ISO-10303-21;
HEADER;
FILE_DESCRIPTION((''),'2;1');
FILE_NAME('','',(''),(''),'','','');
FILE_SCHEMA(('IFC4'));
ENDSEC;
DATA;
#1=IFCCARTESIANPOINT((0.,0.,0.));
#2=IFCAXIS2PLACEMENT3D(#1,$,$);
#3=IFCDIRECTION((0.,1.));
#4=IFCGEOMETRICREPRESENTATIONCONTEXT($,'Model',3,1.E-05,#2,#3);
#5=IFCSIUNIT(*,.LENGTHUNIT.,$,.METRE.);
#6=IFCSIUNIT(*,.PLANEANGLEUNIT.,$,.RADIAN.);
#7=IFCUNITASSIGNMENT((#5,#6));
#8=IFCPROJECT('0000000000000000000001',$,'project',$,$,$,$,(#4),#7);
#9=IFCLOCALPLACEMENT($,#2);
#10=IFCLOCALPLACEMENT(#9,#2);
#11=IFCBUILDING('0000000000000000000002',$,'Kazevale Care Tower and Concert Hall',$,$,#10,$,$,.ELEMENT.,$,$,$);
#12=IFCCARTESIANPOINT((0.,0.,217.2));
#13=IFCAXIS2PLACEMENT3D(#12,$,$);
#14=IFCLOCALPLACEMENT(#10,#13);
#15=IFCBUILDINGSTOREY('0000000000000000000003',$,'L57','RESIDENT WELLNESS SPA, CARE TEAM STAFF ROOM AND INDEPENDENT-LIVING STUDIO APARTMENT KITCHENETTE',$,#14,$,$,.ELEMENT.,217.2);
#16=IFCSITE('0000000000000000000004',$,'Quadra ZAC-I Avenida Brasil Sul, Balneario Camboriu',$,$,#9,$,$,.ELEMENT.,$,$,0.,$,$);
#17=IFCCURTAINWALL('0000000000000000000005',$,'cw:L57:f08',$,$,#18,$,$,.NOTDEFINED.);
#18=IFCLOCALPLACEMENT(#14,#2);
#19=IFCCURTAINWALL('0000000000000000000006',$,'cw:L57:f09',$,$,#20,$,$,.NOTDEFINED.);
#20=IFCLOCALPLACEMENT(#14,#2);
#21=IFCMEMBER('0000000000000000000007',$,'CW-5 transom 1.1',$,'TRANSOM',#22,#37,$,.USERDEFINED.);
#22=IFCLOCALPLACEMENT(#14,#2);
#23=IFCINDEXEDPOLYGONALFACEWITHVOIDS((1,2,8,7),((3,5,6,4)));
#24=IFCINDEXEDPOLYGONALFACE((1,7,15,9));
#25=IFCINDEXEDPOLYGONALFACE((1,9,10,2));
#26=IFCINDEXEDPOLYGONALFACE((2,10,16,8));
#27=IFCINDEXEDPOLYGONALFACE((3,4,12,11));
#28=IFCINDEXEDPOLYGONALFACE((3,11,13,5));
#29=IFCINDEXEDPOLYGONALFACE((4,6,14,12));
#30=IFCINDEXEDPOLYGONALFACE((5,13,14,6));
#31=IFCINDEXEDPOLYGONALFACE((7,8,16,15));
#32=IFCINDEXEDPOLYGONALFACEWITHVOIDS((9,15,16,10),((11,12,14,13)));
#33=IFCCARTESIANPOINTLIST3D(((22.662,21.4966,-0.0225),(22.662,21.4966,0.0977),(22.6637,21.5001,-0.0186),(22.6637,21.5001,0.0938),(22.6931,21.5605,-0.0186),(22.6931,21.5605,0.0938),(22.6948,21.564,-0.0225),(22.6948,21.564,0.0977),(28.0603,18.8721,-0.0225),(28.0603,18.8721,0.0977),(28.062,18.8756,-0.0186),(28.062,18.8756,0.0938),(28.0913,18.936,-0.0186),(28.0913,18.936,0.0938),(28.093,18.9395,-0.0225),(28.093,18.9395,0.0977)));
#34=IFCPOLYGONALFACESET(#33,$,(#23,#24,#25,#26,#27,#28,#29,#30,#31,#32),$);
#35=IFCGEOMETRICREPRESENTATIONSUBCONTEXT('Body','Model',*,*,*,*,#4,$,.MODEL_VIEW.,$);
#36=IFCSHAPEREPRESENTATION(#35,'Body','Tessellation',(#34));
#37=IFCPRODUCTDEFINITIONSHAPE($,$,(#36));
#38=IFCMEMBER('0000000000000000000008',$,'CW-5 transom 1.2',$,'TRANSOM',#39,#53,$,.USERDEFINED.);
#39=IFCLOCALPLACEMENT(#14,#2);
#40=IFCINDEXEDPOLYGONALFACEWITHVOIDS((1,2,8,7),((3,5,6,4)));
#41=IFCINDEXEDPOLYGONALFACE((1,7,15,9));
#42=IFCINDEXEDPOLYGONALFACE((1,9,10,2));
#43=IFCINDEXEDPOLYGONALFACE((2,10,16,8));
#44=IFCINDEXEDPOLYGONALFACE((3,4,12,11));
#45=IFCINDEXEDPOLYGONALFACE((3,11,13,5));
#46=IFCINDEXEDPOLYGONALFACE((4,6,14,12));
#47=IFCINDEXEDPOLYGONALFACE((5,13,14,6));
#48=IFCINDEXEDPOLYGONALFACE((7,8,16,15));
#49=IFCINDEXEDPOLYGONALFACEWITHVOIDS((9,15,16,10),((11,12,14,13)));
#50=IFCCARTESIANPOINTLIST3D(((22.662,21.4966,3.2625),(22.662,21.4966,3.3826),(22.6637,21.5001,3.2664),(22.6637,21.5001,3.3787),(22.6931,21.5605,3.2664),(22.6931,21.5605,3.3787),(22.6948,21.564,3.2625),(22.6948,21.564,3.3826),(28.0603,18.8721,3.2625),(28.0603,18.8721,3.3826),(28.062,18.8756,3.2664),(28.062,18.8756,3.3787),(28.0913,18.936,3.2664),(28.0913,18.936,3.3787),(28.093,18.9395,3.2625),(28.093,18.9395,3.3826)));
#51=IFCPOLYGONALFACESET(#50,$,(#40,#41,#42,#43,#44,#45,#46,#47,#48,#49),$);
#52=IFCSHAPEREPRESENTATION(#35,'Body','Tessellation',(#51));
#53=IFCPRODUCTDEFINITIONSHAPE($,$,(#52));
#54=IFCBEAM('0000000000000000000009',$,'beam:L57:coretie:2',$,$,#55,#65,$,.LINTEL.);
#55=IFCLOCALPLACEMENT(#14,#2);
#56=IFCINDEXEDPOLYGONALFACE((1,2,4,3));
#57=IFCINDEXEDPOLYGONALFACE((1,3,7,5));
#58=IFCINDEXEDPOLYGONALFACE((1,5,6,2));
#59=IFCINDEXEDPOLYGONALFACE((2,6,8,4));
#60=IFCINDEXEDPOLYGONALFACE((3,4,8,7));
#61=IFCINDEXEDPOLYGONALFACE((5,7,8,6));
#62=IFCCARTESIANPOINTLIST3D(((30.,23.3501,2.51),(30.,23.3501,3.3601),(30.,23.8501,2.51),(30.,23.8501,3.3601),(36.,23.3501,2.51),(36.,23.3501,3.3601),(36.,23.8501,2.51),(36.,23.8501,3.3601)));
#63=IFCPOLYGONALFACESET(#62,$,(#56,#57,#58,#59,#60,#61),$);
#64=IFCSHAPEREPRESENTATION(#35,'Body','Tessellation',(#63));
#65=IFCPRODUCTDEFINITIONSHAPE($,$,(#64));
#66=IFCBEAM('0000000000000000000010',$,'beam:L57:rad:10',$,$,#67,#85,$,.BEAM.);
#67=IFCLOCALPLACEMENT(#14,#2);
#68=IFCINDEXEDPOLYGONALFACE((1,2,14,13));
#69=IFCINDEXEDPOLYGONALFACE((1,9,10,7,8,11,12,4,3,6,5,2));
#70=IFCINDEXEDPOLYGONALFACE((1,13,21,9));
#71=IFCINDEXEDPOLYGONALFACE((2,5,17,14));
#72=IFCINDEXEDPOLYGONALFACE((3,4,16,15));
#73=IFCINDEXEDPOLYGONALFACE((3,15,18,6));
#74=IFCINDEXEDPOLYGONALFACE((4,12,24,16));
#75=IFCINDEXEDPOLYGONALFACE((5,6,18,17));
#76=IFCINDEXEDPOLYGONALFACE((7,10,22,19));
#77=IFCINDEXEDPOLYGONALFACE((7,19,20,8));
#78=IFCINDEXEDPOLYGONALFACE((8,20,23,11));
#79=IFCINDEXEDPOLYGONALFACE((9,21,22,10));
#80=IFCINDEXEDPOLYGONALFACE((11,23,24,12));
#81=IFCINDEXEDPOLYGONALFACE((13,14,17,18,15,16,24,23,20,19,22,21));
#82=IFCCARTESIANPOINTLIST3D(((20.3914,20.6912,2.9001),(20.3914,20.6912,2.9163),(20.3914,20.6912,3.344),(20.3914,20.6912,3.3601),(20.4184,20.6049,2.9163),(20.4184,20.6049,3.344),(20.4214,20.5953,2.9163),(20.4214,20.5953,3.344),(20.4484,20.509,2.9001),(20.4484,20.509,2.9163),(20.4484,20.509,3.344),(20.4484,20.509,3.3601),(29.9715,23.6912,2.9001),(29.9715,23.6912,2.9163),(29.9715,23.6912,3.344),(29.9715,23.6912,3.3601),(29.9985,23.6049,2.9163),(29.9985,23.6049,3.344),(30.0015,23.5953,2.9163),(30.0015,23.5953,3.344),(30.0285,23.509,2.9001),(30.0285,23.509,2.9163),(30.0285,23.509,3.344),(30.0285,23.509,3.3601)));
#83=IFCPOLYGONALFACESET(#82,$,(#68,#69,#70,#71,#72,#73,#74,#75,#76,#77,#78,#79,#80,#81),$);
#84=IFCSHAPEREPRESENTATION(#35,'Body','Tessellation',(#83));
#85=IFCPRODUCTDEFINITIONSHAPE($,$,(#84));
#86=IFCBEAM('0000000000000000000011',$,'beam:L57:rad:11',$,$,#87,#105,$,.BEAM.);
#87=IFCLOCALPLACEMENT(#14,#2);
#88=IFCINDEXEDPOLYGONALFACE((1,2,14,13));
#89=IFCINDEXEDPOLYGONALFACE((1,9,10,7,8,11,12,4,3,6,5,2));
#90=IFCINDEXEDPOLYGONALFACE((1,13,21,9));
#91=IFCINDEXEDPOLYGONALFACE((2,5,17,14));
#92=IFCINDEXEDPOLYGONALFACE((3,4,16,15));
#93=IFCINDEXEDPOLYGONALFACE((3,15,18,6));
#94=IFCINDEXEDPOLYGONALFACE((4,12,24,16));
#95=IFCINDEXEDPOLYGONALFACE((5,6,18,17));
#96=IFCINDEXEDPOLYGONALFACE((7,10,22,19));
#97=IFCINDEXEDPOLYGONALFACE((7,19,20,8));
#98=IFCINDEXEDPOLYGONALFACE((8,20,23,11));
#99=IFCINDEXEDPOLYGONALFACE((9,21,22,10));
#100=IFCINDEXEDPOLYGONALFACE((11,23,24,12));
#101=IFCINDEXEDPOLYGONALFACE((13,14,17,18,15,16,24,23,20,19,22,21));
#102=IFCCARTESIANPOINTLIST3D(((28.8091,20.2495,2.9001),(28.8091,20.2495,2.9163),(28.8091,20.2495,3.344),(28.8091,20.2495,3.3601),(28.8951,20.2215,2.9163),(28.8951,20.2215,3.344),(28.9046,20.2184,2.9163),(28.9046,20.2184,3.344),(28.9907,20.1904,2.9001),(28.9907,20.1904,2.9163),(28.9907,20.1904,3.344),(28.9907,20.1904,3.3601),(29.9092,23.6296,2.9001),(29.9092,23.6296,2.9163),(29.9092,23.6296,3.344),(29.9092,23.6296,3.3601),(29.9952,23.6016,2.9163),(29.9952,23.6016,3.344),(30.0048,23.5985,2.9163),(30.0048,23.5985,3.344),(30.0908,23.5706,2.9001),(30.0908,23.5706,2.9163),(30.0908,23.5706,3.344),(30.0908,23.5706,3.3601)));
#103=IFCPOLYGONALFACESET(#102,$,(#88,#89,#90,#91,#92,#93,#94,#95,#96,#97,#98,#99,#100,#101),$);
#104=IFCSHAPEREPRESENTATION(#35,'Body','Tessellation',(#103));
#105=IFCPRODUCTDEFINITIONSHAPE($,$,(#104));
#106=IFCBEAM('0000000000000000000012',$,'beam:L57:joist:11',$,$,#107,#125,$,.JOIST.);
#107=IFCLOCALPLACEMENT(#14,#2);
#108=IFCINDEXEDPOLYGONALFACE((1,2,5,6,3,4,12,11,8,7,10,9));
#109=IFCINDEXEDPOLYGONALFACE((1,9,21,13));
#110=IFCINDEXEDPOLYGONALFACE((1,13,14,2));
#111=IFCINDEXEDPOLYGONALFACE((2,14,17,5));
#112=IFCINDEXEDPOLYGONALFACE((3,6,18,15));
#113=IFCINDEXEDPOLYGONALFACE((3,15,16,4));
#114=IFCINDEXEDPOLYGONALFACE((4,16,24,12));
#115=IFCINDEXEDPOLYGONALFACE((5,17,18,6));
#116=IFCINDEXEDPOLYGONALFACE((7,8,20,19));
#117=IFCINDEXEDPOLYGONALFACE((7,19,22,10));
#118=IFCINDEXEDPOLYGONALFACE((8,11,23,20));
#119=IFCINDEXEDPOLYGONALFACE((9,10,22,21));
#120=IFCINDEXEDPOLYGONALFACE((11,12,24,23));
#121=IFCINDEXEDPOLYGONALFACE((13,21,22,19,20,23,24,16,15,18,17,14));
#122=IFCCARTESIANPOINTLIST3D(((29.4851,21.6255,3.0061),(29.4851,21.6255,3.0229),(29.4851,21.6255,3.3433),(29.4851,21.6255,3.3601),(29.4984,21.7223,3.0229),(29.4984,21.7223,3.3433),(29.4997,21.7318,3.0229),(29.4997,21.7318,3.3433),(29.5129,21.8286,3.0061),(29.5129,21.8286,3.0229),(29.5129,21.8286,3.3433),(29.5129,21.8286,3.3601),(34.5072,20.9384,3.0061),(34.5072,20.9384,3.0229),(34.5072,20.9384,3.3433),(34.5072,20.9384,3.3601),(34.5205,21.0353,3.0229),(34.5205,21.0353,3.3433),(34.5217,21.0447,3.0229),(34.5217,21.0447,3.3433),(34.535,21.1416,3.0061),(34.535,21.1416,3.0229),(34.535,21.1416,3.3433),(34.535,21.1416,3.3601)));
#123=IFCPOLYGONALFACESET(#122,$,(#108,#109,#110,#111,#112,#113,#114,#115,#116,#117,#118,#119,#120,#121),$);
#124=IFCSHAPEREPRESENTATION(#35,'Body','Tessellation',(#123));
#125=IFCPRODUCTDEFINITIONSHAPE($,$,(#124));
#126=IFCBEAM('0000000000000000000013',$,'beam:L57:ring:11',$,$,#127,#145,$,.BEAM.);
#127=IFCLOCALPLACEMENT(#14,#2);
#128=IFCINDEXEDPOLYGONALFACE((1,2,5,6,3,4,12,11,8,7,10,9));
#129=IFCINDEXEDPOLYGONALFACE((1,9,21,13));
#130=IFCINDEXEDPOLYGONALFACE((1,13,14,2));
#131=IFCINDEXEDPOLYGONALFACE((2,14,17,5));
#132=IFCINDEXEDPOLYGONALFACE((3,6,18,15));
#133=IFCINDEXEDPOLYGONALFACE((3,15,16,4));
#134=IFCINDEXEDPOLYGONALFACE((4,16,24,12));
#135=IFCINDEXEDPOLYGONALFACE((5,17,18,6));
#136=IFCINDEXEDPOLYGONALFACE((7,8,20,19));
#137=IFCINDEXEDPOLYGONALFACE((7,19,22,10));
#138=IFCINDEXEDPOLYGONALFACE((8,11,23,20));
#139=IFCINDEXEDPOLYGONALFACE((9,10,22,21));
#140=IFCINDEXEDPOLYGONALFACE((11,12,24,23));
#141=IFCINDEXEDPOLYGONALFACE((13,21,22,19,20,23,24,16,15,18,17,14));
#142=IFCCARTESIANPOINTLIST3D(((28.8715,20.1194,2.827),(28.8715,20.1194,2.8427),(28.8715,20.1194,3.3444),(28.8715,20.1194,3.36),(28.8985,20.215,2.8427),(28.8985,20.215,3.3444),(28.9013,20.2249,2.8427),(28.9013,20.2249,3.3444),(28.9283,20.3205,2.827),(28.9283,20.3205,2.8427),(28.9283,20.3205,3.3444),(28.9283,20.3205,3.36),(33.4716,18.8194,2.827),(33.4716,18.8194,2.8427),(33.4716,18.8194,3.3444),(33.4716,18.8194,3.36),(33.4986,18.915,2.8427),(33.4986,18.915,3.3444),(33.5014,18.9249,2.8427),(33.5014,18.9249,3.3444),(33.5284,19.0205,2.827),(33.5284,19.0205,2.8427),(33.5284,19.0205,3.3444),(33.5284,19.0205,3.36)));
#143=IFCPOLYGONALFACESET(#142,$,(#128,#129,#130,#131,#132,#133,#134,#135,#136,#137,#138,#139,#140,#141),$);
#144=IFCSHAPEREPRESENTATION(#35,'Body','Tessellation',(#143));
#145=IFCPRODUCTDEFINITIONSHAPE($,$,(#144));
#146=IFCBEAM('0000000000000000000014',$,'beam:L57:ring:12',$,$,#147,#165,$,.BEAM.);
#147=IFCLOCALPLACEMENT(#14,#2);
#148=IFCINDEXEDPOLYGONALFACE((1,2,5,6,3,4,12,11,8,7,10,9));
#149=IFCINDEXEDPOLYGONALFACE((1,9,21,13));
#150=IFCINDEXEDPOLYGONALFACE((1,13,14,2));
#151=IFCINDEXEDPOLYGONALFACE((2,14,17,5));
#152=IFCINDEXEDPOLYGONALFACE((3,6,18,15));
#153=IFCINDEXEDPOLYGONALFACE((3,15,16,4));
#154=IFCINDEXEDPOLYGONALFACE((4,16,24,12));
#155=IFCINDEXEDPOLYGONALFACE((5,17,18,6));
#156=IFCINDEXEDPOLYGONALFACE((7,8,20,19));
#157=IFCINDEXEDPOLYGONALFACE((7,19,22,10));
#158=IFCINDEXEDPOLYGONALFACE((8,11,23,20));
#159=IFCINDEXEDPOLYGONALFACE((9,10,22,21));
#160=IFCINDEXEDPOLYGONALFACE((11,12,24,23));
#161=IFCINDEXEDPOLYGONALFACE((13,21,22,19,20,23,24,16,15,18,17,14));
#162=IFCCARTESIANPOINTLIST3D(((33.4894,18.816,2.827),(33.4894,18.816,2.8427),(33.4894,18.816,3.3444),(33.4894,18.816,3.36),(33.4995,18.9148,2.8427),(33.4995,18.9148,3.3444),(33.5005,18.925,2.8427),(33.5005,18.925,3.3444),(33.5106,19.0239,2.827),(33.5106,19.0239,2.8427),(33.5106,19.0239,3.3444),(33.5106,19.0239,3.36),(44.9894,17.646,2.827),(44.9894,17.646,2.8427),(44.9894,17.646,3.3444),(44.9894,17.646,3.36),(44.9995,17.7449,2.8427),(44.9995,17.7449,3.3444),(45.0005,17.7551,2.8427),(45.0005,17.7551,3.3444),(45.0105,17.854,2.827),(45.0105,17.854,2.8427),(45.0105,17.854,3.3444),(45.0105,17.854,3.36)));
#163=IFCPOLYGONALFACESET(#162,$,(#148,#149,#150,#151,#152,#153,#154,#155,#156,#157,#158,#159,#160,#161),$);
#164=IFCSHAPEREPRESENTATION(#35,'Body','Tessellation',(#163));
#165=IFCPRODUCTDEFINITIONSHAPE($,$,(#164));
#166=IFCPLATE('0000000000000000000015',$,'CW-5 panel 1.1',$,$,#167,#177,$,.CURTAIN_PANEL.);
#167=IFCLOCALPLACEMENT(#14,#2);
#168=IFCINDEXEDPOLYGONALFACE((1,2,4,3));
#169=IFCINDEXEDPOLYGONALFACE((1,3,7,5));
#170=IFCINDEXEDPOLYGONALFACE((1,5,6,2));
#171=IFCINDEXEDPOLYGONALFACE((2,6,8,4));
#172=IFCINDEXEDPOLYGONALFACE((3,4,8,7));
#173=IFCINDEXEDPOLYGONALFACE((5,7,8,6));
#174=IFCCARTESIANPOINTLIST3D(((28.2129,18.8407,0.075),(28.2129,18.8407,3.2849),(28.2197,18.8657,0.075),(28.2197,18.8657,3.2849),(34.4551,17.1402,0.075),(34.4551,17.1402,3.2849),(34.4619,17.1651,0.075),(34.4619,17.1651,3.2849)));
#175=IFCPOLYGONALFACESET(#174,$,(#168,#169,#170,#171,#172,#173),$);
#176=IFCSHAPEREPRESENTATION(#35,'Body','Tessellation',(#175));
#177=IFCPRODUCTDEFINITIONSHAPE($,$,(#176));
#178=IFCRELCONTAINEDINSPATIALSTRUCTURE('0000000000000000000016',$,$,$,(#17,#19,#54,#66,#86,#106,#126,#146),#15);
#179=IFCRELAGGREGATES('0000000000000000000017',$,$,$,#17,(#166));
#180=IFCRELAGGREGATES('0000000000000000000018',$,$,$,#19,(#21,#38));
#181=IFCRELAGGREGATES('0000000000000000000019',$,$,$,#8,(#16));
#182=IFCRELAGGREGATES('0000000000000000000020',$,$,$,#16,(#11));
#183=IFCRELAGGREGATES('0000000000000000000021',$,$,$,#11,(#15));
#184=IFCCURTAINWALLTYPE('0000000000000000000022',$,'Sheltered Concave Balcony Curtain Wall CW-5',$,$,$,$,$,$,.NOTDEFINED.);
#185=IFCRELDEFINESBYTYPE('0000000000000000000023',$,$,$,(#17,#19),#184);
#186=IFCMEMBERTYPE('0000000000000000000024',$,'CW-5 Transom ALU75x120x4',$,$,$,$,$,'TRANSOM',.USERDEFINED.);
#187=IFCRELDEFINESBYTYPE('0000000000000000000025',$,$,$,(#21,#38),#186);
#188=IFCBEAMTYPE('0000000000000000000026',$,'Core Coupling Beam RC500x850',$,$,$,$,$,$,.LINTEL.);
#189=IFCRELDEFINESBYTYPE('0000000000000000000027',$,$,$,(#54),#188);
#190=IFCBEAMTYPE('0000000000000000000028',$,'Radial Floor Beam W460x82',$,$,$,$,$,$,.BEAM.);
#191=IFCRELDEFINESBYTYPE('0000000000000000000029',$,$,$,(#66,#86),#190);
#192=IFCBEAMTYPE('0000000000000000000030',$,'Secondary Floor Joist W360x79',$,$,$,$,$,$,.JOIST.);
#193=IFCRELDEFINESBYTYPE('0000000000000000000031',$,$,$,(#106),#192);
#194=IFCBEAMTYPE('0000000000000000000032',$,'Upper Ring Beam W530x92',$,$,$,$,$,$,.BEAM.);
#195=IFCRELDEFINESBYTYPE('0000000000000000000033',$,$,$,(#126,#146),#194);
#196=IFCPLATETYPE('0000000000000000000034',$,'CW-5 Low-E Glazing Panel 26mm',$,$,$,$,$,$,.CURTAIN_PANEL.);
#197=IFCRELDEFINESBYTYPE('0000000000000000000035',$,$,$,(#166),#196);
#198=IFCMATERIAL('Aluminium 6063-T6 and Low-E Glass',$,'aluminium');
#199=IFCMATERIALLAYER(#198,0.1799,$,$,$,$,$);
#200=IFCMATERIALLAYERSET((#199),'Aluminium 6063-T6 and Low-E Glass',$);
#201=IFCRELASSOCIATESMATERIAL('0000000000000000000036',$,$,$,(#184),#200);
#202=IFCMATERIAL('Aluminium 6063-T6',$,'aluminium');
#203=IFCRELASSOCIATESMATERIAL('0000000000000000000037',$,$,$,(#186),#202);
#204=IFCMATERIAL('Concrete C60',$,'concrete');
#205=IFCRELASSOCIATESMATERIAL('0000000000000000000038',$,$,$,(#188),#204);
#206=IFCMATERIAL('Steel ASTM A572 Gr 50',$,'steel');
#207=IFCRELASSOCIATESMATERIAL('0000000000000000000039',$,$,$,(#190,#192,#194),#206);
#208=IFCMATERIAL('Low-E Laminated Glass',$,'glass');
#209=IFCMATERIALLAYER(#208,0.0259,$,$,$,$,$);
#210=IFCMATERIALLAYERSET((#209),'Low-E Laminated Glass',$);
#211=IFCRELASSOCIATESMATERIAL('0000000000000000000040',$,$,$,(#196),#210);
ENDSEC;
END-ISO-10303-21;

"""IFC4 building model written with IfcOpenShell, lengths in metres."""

from ifc_helpers import new_model, si_unit, direction, frame, origin, origin_2d, place, context, subcontext, project, spatial, rectangle, hollow_rectangle, i_section, extrude, material, layer, layer_set, material_profile, profile_set, type_object, element, aggregate, save


model = new_model("IFC4")

# Units and contexts
model_context = context("Model", 3, precision=1e-05, world=origin(), true_north=direction((0.0, 1.0)))
body_context = subcontext(model_context, "Body", "Model", "MODEL_VIEW")
ifc_project = project(units=[si_unit("LENGTHUNIT", "METRE"), si_unit("PLANEANGLEUNIT", "RADIAN")], contexts=[model_context])

# Site, building, storey
site_placement = place(None, origin())
site = spatial("IfcSite", under=ifc_project, at=site_placement, Name="Quadra ZAC-I Avenida Brasil Sul, Balneario Camboriu", CompositionType="ELEMENT", RefElevation=0.0)
building_placement = place(site_placement, origin())
building = spatial("IfcBuilding", under=site, at=building_placement, Name="Kazevale Care Tower and Concert Hall", CompositionType="ELEMENT")
storey_placement = place(building_placement, frame((0.0, 0.0, 217.2)))
storey = spatial("IfcBuildingStorey", under=building, at=storey_placement, Name="L57", Description="RESIDENT WELLNESS SPA, CARE TEAM STAFF ROOM AND INDEPENDENT-LIVING STUDIO APARTMENT KITCHENETTE", CompositionType="ELEMENT", Elevation=217.2)

# Curtain walls
ifc_material_1 = material(Name="Aluminium 6063-T6 and Low-E Glass", Category="aluminium")
ifc_layer_1 = layer(ifc_material_1, 0.1799)
ifc_layer_set_1 = layer_set([ifc_layer_1], Name="Aluminium 6063-T6 and Low-E Glass")
curtain_wall_type = type_object("IfcCurtainWallType", Name="Sheltered Concave Balcony Curtain Wall CW-5", PredefinedType="NOTDEFINED", material=ifc_layer_set_1)
curtain_wall_1_placement = place(storey_placement, origin())
curtain_wall_1 = element("IfcCurtainWall", 1, at=curtain_wall_1_placement, inside=storey, type_object=curtain_wall_type, Name="cw:L57:f08", PredefinedType="NOTDEFINED")
ifc_material_2 = material(Name="Aluminium 6063-T6", Category="aluminium")
curtain_wall_2_placement = place(storey_placement, origin())
curtain_wall_2 = element("IfcCurtainWall", 2, at=curtain_wall_2_placement, inside=storey, type_object=curtain_wall_type, Name="cw:L57:f09", PredefinedType="NOTDEFINED")

# Members
ifc_material_profile_1 = material_profile(ifc_material_2, hollow_rectangle(XDim=0.075, YDim=0.1201, WallThickness=0.0039, at=origin_2d()), Name="ALU75x120x4")
ifc_profile_set_1 = profile_set([ifc_material_profile_1], Name="Aluminium 6063-T6")
member_type_1 = type_object("IfcMemberType", Name="CW-5 Transom ALU75x120x4", ElementType="TRANSOM", PredefinedType="USERDEFINED", material=ifc_profile_set_1)
member_1_placement = place(storey_placement, frame((28.0767, 18.9058, 0.0376), z_axis=(-0.899342, 0.437245, 0.0), x_axis=(-0.437245, -0.899342, 0.0)))
member_1 = element("IfcMember", 3, at=member_1_placement, type_object=member_type_1, Name="CW-5 transom 1.1", ObjectType="TRANSOM", PredefinedType="USERDEFINED", context=body_context, shape_type="SweptSolid", body=[
    extrude(hollow_rectangle(XDim=0.075, YDim=0.1201, WallThickness=0.0039, at=origin_2d()), origin(), (0.0, 0.0, 1.0), 6.0024),
])
member_2_placement = place(storey_placement, frame((28.0767, 18.9058, 3.3225), z_axis=(-0.899342, 0.437245, 0.0), x_axis=(-0.437245, -0.899342, 0.0)))
member_2 = element("IfcMember", 4, at=member_2_placement, type_object=member_type_1, Name="CW-5 transom 1.2", ObjectType="TRANSOM", PredefinedType="USERDEFINED", context=body_context, shape_type="SweptSolid", body=[
    extrude(hollow_rectangle(XDim=0.075, YDim=0.1201, WallThickness=0.0039, at=origin_2d()), origin(), (0.0, 0.0, 1.0), 6.0024),
])

# Beams
ifc_material_3 = material(Name="Concrete C60", Category="concrete")
ifc_material_profile_2 = material_profile(ifc_material_3, rectangle(XDim=0.5, YDim=0.8501, at=origin_2d()), Name="RC-B500x850")
ifc_profile_set_2 = profile_set([ifc_material_profile_2], Name="Concrete C60")
beam_type_1 = type_object("IfcBeamType", Name="Core Coupling Beam RC500x850", PredefinedType="LINTEL", material=ifc_profile_set_2)
beam_1_placement = place(storey_placement, frame((30.0, 23.6001, 2.9351), z_axis=(1.0, 0.0, 0.0), x_axis=(0.0, 1.0, 0.0)))
element("IfcBeam", 5, at=beam_1_placement, inside=storey, type_object=beam_type_1, Name="beam:L57:coretie:2", PredefinedType="LINTEL", context=body_context, shape_type="SweptSolid", body=[
    extrude(rectangle(XDim=0.5, YDim=0.8501, at=origin_2d()), origin(), (0.0, 0.0, 1.0), 6.0),
])
ifc_material_4 = material(Name="Steel ASTM A572 Gr 50", Category="steel")
ifc_material_profile_3 = material_profile(ifc_material_4, i_section(OverallWidth=0.1909, OverallDepth=0.46, WebThickness=0.01, FlangeThickness=0.0161, at=origin_2d()), Name="W460x82")
ifc_profile_set_3 = profile_set([ifc_material_profile_3], Name="Steel ASTM A572 Gr 50")
beam_type_2 = type_object("IfcBeamType", Name="Radial Floor Beam W460x82", PredefinedType="BEAM", material=ifc_profile_set_3)
beam_2_placement = place(storey_placement, frame((30.0, 23.6001, 3.1301), z_axis=(-0.954303, -0.29884, 0.0), x_axis=(0.29884, -0.954303, 0.0)))
element("IfcBeam", 6, at=beam_2_placement, inside=storey, type_object=beam_type_2, Name="beam:L57:rad:10", PredefinedType="BEAM", context=body_context, shape_type="SweptSolid", body=[
    extrude(i_section(OverallWidth=0.1909, OverallDepth=0.46, WebThickness=0.01, FlangeThickness=0.0161, at=origin_2d()), origin(), (0.0, 0.0, 1.0), 10.0388),
])
beam_3_placement = place(storey_placement, frame((30.0, 23.6001, 3.1301), z_axis=(-0.309482, -0.950905, 0.0), x_axis=(0.950905, -0.309482, 0.0)))
element("IfcBeam", 7, at=beam_3_placement, inside=storey, type_object=beam_type_2, Name="beam:L57:rad:11", PredefinedType="BEAM", context=body_context, shape_type="SweptSolid", body=[
    extrude(i_section(OverallWidth=0.1909, OverallDepth=0.46, WebThickness=0.01, FlangeThickness=0.0161, at=origin_2d()), origin(), (0.0, 0.0, 1.0), 3.5547),
])
ifc_material_profile_4 = material_profile(ifc_material_4, i_section(OverallWidth=0.2051, OverallDepth=0.354, WebThickness=0.0095, FlangeThickness=0.0168, at=origin_2d()), Name="W360x79")
ifc_profile_set_4 = profile_set([ifc_material_profile_4], Name="Steel ASTM A572 Gr 50")
beam_type_3 = type_object("IfcBeamType", Name="Secondary Floor Joist W360x79", PredefinedType="JOIST", material=ifc_profile_set_4)
beam_4_placement = place(storey_placement, frame((29.499, 21.7271, 3.1831), z_axis=(0.990772, -0.135539, 0.0), x_axis=(0.135539, 0.990772, 0.0)))
element("IfcBeam", 8, at=beam_4_placement, inside=storey, type_object=beam_type_3, Name="beam:L57:joist:11", PredefinedType="JOIST", context=body_context, shape_type="SweptSolid", body=[
    extrude(i_section(OverallWidth=0.2051, OverallDepth=0.354, WebThickness=0.0095, FlangeThickness=0.0168, at=origin_2d()), origin(), (0.0, 0.0, 1.0), 5.0688),
])
ifc_material_profile_5 = material_profile(ifc_material_4, i_section(OverallWidth=0.209, OverallDepth=0.533, WebThickness=0.0103, FlangeThickness=0.0156, at=origin_2d()), Name="W530x92")
ifc_profile_set_5 = profile_set([ifc_material_profile_5], Name="Steel ASTM A572 Gr 50")
beam_type_4 = type_object("IfcBeamType", Name="Upper Ring Beam W530x92", PredefinedType="BEAM", material=ifc_profile_set_5)
beam_5_placement = place(storey_placement, frame((28.8999, 20.22, 3.0935), z_axis=(0.962308, -0.271961, 0.0), x_axis=(0.271961, 0.962308, 0.0)))
element("IfcBeam", 9, at=beam_5_placement, inside=storey, type_object=beam_type_4, Name="beam:L57:ring:11", PredefinedType="BEAM", context=body_context, shape_type="SweptSolid", body=[
    extrude(i_section(OverallWidth=0.209, OverallDepth=0.533, WebThickness=0.0103, FlangeThickness=0.0156, at=origin_2d()), origin(), (0.0, 0.0, 1.0), 4.7803),
])
beam_6_placement = place(storey_placement, frame((33.5, 18.9199, 3.0935), z_axis=(0.994865, -0.10121, 0.0), x_axis=(0.10121, 0.994865, 0.0)))
element("IfcBeam", 10, at=beam_6_placement, inside=storey, type_object=beam_type_4, Name="beam:L57:ring:12", PredefinedType="BEAM", context=body_context, shape_type="SweptSolid", body=[
    extrude(i_section(OverallWidth=0.209, OverallDepth=0.533, WebThickness=0.0103, FlangeThickness=0.0156, at=origin_2d()), origin(), (0.0, 0.0, 1.0), 11.5593),
])

# Plate
ifc_material_5 = material(Name="Low-E Laminated Glass", Category="glass")
ifc_layer_2 = layer(ifc_material_5, 0.0259)
ifc_layer_set_2 = layer_set([ifc_layer_2], Name="Low-E Laminated Glass")
plate_type = type_object("IfcPlateType", Name="CW-5 Low-E Glazing Panel 26mm", PredefinedType="CURTAIN_PANEL", material=ifc_layer_set_2)
plate_1_placement = place(storey_placement, frame((31.3374, 18.0029, 0.075), z_axis=(0.0, 0.0, 1.0), x_axis=(-0.964837, 0.262849, 0.0)))
plate_1 = element("IfcPlate", 11, at=plate_1_placement, type_object=plate_type, Name="CW-5 panel 1.1", PredefinedType="CURTAIN_PANEL", context=body_context, shape_type="SweptSolid", body=[
    extrude(rectangle(XDim=6.4697, YDim=0.0259, at=origin_2d()), origin(), (0.0, 0.0, 1.0), 3.21),
])
aggregate(curtain_wall_1, [plate_1])
aggregate(curtain_wall_2, [member_1, member_2])

save(model, "model.ifc")
